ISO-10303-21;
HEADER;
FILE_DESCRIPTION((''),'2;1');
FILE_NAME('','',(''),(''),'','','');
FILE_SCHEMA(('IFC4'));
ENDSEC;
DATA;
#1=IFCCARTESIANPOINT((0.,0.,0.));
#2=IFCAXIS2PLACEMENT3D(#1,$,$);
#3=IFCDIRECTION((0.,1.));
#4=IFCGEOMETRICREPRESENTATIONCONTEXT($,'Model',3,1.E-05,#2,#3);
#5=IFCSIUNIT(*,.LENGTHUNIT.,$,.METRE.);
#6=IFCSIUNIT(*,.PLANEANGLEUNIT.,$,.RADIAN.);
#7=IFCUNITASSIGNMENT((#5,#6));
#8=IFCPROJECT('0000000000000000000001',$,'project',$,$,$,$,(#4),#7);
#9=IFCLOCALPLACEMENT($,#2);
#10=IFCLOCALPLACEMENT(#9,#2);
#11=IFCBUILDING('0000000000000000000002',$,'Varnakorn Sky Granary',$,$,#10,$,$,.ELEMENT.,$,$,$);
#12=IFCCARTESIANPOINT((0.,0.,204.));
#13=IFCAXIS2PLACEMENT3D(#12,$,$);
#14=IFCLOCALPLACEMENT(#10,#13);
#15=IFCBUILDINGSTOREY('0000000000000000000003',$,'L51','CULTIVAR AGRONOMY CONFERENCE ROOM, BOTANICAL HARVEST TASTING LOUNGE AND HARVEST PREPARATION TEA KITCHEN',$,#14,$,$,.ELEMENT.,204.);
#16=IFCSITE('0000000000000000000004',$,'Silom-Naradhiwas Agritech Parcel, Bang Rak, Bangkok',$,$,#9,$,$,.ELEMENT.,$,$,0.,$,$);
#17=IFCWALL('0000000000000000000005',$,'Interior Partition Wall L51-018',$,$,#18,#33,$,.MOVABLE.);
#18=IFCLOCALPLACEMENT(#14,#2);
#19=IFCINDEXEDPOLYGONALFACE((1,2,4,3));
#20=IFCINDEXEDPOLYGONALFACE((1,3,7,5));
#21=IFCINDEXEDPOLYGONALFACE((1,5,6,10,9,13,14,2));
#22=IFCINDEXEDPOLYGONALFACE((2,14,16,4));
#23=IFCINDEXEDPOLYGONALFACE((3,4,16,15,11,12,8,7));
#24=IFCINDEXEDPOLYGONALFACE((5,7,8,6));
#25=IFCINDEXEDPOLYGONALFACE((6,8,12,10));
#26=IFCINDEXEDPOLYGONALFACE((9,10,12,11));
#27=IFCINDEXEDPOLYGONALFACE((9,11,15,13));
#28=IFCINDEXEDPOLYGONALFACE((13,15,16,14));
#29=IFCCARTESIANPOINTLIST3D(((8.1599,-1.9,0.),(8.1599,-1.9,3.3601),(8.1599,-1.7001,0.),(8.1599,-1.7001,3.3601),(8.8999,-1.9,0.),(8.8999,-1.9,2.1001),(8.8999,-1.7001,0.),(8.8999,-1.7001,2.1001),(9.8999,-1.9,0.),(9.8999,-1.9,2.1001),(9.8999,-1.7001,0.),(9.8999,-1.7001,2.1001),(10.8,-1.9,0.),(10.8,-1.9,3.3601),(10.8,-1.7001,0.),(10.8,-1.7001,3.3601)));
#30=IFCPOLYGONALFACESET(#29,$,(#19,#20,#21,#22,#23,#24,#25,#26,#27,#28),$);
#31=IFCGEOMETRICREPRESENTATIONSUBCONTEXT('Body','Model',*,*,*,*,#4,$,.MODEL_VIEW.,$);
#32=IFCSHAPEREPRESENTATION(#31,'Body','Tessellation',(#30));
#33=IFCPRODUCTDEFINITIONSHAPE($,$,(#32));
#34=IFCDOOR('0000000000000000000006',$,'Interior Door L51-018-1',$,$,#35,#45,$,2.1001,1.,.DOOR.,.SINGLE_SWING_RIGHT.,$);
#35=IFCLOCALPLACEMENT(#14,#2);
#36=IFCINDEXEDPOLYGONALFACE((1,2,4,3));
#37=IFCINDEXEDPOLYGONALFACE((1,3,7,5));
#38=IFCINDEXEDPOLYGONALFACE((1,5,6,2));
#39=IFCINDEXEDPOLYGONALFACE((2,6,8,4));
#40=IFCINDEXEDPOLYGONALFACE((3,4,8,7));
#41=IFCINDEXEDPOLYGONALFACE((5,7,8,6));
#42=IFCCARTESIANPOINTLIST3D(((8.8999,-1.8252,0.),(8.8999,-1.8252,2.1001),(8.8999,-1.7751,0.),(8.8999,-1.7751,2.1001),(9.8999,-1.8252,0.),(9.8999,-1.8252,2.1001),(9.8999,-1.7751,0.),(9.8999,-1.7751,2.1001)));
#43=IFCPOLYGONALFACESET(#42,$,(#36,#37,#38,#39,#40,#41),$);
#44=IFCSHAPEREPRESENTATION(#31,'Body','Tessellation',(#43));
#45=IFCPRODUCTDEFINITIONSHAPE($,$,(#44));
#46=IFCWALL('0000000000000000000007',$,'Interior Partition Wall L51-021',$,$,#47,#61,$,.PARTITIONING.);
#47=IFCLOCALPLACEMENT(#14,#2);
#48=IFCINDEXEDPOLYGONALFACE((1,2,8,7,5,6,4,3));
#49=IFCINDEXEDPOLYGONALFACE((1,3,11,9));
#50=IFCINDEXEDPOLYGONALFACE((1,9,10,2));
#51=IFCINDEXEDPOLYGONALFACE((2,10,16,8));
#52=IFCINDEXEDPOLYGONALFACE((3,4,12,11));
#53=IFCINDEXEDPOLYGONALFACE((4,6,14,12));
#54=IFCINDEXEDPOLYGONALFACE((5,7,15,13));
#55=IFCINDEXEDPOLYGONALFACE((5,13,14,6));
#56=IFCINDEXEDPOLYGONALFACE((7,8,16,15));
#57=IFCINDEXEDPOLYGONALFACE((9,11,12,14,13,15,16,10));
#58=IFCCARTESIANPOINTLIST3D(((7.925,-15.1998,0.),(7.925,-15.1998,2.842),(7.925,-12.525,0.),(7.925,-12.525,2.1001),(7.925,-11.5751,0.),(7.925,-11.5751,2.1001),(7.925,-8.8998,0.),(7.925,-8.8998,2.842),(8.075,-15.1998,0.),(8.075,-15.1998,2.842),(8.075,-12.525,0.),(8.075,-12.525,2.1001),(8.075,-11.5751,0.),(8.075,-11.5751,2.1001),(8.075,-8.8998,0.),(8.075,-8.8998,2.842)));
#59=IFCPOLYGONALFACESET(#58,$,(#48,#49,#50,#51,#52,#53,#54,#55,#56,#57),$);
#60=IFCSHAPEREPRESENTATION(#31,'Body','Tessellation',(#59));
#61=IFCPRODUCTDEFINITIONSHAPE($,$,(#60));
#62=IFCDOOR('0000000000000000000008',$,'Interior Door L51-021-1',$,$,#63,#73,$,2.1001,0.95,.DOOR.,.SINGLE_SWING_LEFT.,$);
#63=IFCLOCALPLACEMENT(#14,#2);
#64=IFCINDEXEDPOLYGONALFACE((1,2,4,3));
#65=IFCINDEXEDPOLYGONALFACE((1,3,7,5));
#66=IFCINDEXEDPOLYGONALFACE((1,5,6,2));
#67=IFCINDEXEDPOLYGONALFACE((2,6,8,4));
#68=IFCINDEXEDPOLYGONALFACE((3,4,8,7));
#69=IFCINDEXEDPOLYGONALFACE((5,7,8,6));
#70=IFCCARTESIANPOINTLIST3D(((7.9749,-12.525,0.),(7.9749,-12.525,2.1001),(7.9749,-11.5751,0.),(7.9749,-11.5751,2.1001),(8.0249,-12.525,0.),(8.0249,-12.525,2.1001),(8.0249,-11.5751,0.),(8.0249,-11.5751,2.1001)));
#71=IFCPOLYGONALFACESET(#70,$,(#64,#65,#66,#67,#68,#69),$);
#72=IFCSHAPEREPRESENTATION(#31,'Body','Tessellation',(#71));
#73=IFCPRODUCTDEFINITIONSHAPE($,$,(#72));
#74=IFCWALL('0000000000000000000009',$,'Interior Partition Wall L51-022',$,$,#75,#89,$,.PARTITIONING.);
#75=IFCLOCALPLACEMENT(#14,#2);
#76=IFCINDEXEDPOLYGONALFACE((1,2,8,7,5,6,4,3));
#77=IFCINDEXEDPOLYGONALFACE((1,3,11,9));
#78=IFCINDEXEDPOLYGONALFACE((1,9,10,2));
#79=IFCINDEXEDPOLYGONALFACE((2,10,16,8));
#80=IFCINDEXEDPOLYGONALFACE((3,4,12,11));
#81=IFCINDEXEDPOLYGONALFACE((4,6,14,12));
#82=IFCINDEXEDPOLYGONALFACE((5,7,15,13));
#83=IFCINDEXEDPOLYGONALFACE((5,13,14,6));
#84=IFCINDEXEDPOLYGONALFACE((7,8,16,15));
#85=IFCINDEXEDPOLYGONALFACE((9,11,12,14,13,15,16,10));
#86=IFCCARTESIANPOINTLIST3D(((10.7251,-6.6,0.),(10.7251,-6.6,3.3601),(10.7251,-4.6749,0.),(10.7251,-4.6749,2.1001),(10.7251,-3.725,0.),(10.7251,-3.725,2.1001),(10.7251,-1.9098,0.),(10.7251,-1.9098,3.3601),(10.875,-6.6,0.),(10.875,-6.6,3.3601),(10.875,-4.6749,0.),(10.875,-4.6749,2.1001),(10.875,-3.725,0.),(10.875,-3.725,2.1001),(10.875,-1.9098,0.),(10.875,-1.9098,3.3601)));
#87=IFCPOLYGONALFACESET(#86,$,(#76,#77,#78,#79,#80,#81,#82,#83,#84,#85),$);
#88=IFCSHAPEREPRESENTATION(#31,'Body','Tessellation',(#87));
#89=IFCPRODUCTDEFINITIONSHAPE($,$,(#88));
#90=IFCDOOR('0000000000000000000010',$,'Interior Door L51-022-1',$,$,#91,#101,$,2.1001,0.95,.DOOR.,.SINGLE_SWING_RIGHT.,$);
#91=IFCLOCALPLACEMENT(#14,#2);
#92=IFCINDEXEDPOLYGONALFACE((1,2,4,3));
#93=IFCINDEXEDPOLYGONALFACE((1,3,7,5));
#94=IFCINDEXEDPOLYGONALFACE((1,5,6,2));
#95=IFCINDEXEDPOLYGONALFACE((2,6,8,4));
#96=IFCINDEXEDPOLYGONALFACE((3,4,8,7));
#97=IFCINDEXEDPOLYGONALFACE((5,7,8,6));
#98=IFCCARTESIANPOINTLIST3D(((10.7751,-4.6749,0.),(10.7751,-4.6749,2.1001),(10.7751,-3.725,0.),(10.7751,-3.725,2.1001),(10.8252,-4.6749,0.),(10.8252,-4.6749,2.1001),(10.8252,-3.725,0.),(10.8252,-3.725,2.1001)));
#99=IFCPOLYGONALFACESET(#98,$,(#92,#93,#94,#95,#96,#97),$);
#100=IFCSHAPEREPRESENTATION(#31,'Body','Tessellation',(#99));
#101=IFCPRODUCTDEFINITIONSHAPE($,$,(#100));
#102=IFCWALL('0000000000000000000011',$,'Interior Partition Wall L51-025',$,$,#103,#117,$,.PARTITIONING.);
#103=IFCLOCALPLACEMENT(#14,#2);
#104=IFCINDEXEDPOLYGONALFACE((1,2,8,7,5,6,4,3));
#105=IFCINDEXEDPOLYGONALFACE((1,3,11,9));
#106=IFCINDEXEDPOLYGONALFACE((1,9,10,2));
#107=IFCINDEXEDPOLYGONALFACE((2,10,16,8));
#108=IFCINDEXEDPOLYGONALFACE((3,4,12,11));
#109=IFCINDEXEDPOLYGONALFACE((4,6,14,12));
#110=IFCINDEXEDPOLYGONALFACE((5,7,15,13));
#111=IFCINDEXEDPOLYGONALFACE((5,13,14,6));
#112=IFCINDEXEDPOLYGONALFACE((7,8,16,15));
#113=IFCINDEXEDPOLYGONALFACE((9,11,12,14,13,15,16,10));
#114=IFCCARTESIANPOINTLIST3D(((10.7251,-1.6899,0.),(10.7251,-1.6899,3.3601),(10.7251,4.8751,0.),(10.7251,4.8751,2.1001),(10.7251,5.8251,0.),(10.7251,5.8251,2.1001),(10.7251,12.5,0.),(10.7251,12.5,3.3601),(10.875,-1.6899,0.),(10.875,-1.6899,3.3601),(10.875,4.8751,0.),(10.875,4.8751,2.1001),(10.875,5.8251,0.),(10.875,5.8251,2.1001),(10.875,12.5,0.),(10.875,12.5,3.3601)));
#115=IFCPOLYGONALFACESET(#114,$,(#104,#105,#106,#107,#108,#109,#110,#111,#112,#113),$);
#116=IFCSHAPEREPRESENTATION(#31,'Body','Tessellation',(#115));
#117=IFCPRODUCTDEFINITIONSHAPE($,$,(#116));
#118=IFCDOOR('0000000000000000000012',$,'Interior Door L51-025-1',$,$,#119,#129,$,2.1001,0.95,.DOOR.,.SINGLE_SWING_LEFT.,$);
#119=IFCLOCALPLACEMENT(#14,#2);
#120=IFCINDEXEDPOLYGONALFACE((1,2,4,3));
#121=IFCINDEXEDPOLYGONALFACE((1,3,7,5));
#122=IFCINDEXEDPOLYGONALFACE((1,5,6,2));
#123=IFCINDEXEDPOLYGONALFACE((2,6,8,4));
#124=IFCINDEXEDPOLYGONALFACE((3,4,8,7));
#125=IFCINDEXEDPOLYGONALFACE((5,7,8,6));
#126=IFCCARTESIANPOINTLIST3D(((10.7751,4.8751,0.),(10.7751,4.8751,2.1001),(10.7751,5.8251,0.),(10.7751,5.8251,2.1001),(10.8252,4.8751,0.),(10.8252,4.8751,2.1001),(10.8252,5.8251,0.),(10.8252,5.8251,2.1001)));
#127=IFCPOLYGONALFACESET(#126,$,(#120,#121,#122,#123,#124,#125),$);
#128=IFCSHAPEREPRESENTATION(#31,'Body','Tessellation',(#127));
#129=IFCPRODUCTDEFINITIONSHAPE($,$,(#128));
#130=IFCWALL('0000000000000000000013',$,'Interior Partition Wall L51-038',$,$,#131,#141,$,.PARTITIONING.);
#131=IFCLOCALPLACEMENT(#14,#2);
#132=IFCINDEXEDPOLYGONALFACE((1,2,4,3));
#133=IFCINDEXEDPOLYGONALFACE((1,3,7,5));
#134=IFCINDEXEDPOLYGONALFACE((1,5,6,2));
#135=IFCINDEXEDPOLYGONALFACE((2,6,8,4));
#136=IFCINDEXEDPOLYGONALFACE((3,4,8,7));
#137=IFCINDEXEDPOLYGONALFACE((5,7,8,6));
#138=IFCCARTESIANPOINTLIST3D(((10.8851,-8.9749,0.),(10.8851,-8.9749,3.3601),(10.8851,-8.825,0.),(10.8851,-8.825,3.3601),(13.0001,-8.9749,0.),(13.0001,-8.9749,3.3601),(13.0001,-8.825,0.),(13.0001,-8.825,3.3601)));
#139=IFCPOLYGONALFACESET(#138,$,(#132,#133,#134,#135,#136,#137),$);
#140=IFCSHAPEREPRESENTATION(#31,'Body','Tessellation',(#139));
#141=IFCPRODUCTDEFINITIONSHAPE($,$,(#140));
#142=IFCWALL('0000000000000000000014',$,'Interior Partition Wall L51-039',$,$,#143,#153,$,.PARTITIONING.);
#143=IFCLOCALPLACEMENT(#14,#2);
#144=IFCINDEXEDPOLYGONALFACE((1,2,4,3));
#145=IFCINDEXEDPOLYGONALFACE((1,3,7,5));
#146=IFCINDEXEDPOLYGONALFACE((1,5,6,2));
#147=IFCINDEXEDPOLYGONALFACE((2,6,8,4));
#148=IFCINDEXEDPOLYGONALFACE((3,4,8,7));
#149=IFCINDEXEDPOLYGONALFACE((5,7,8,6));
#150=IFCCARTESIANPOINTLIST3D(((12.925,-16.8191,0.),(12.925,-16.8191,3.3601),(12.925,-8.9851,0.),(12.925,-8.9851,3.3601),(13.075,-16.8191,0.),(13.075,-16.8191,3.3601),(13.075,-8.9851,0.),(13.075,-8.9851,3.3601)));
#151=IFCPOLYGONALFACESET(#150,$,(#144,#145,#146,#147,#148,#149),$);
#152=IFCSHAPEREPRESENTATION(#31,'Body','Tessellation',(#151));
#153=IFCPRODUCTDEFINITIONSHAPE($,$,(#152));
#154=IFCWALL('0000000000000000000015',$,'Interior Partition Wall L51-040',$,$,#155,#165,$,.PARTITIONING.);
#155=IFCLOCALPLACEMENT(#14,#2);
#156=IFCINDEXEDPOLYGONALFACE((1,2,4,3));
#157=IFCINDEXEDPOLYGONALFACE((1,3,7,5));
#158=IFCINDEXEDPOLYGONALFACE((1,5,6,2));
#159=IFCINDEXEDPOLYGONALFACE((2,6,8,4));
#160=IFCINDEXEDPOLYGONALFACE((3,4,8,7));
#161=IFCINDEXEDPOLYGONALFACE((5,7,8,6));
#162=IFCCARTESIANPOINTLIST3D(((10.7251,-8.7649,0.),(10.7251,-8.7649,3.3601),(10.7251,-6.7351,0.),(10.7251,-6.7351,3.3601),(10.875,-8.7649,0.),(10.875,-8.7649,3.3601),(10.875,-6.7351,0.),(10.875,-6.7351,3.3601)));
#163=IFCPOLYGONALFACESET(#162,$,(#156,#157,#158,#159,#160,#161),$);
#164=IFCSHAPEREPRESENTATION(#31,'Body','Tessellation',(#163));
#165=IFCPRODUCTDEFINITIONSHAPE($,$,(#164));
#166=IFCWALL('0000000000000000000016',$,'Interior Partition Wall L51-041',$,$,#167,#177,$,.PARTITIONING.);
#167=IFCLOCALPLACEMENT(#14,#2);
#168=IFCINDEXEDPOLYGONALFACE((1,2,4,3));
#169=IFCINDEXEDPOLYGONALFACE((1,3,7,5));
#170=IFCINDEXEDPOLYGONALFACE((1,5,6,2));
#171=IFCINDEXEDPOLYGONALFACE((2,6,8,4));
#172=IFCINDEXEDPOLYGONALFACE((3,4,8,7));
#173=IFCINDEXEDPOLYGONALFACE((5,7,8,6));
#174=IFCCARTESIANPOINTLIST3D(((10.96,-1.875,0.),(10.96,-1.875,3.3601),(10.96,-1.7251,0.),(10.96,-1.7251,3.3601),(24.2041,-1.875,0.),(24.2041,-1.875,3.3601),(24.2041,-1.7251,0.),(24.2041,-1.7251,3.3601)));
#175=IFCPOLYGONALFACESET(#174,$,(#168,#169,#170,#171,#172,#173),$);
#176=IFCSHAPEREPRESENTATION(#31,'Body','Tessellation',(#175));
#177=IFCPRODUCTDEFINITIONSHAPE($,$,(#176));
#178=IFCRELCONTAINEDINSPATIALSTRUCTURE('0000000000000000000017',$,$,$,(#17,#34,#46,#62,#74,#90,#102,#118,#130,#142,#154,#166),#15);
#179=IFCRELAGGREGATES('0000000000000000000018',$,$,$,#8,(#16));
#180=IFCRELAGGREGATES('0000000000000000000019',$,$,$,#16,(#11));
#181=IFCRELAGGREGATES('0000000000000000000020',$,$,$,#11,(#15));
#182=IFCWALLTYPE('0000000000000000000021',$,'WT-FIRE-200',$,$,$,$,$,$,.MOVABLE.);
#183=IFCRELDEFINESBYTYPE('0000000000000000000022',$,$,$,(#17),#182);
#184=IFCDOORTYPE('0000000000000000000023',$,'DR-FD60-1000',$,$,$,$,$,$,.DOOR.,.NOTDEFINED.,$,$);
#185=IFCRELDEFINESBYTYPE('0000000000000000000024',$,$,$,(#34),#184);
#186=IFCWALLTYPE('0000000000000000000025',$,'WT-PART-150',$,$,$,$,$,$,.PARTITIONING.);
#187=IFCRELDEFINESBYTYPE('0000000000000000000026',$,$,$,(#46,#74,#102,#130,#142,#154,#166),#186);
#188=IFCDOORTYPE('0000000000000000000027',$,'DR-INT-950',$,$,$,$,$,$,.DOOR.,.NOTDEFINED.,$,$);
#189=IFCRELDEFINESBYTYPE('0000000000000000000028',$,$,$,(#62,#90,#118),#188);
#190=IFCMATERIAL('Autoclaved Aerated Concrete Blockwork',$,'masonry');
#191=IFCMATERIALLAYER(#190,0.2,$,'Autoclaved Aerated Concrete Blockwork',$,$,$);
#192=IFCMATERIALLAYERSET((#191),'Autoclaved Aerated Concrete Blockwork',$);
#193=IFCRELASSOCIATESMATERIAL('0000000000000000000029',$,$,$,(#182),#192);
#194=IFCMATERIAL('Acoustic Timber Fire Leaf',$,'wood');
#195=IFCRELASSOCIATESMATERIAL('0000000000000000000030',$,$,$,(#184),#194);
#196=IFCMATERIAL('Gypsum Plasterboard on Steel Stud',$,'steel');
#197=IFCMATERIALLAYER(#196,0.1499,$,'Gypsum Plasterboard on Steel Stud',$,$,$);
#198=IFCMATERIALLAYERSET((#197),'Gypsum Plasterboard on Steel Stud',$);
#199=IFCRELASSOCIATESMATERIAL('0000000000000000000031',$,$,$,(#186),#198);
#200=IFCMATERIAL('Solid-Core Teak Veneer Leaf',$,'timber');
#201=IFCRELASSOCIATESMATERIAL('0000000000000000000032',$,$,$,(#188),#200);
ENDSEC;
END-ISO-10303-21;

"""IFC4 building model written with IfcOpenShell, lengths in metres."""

from ifc_helpers import new_model, si_unit, direction, frame, frame_2d, origin, place, context, subcontext, project, spatial, rectangle, extrude, material, layer, layer_set, type_object, element, fill, save


model = new_model("IFC4")

# Units and contexts
model_context = context("Model", 3, precision=1e-05, world=origin(), true_north=direction((0.0, 1.0)))
body_context = subcontext(model_context, "Body", "Model", "MODEL_VIEW")
ifc_project = project(units=[si_unit("LENGTHUNIT", "METRE"), si_unit("PLANEANGLEUNIT", "RADIAN")], contexts=[model_context])

# Site, building, storey
site_placement = place(None, origin())
site = spatial("IfcSite", under=ifc_project, at=site_placement, Name="Silom-Naradhiwas Agritech Parcel, Bang Rak, Bangkok", CompositionType="ELEMENT", RefElevation=0.0)
building_placement = place(site_placement, origin())
building = spatial("IfcBuilding", under=site, at=building_placement, Name="Varnakorn Sky Granary", CompositionType="ELEMENT")
storey_placement = place(building_placement, frame((0.0, 0.0, 204.0)))
storey = spatial("IfcBuildingStorey", under=building, at=storey_placement, Name="L51", Description="CULTIVAR AGRONOMY CONFERENCE ROOM, BOTANICAL HARVEST TASTING LOUNGE AND HARVEST PREPARATION TEA KITCHEN", CompositionType="ELEMENT", Elevation=204.0)

# Walls, openings, doors
ifc_material_1 = material(Name="Autoclaved Aerated Concrete Blockwork", Category="masonry")
ifc_layer_1 = layer(ifc_material_1, 0.2, Name="Autoclaved Aerated Concrete Blockwork")
ifc_layer_set_1 = layer_set([ifc_layer_1], Name="Autoclaved Aerated Concrete Blockwork")
wall_type_1 = type_object("IfcWallType", Name="WT-FIRE-200", PredefinedType="MOVABLE", material=ifc_layer_set_1)
ifc_material_2 = material(Name="Acoustic Timber Fire Leaf", Category="wood")
door_type_1 = type_object("IfcDoorType", Name="DR-FD60-1000", OperationType="NOTDEFINED", PredefinedType="DOOR", material=ifc_material_2)
wall_1_placement = place(storey_placement, frame((8.1599, -1.8, 0.0), z_axis=(0.0, 0.0, 1.0), x_axis=(1.0, 0.0, 0.0)))
wall_1 = element("IfcWall", 1, at=wall_1_placement, inside=storey, type_object=wall_type_1, Name="Interior Partition Wall L51-018", PredefinedType="MOVABLE", context=body_context, shape_type="SweptSolid", body=[
    extrude(rectangle(XDim=2.6401, YDim=0.2, at=frame_2d((1.3201, 0.0))), origin(), (0.0, 0.0, 1.0), 3.3601),
])
opening_1_placement = place(wall_1_placement, frame((0.74, 0.0, 0.0)))
opening_1 = element("IfcOpeningElement", 2, at=opening_1_placement, cuts=wall_1, PredefinedType="OPENING", context=body_context, shape_type="SweptSolid", body=[
    extrude(rectangle(XDim=1.0, YDim=2.1001, at=frame_2d((0.5, 1.05))), frame((0.0, 0.1099, 0.0), z_axis=(0.0, -1.0, 0.0), x_axis=(1.0, 0.0, 0.0)), (0.0, 0.0, 1.0), 0.22),
])
door_1_placement = place(opening_1_placement, origin())
door_1 = element("IfcDoor", 3, at=door_1_placement, inside=storey, type_object=door_type_1, Name="Interior Door L51-018-1", OperationType="SINGLE_SWING_RIGHT", OverallHeight=2.1001, OverallWidth=1.0, PredefinedType="DOOR", context=body_context, shape_type="SweptSolid", body=[
    extrude(rectangle(XDim=1.0, YDim=2.1001, at=frame_2d((0.5, 1.05))), frame((0.0, 0.0249, 0.0), z_axis=(0.0, -1.0, 0.0), x_axis=(1.0, 0.0, 0.0)), (0.0, 0.0, 1.0), 0.05),
])
fill(opening_1, door_1)
ifc_material_3 = material(Name="Gypsum Plasterboard on Steel Stud", Category="steel")
ifc_layer_2 = layer(ifc_material_3, 0.1499, Name="Gypsum Plasterboard on Steel Stud")
ifc_layer_set_2 = layer_set([ifc_layer_2], Name="Gypsum Plasterboard on Steel Stud")
wall_type_2 = type_object("IfcWallType", Name="WT-PART-150", PredefinedType="PARTITIONING", material=ifc_layer_set_2)
wall_2_placement = place(storey_placement, frame((8.0, -8.8999, 0.0), z_axis=(0.0, 0.0, 1.0), x_axis=(0.0, -1.0, 0.0)))
wall_2 = element("IfcWall", 4, at=wall_2_placement, inside=storey, type_object=wall_type_2, Name="Interior Partition Wall L51-021", PredefinedType="PARTITIONING", context=body_context, shape_type="SweptSolid", body=[
    extrude(rectangle(XDim=6.3, YDim=0.1499, at=frame_2d((3.1499, 0.0))), origin(), (0.0, 0.0, 1.0), 2.842),
])
opening_2_placement = place(wall_2_placement, frame((2.675, 0.0, 0.0)))
opening_2 = element("IfcOpeningElement", 5, at=opening_2_placement, cuts=wall_2, PredefinedType="OPENING", context=body_context, shape_type="SweptSolid", body=[
    extrude(rectangle(XDim=0.95, YDim=2.1001, at=frame_2d((0.4751, 1.05))), frame((0.0, 0.085, 0.0), z_axis=(0.0, -1.0, 0.0), x_axis=(1.0, 0.0, 0.0)), (0.0, 0.0, 1.0), 0.1699),
])
ifc_material_4 = material(Name="Solid-Core Teak Veneer Leaf", Category="timber")
door_type_2 = type_object("IfcDoorType", Name="DR-INT-950", OperationType="NOTDEFINED", PredefinedType="DOOR", material=ifc_material_4)
door_2_placement = place(opening_2_placement, origin())
door_2 = element("IfcDoor", 6, at=door_2_placement, inside=storey, type_object=door_type_2, Name="Interior Door L51-021-1", OperationType="SINGLE_SWING_LEFT", OverallHeight=2.1001, OverallWidth=0.95, PredefinedType="DOOR", context=body_context, shape_type="SweptSolid", body=[
    extrude(rectangle(XDim=0.95, YDim=2.1001, at=frame_2d((0.4751, 1.05))), frame((0.0, 0.0249, 0.0), z_axis=(0.0, -1.0, 0.0), x_axis=(1.0, 0.0, 0.0)), (0.0, 0.0, 1.0), 0.05),
])
fill(opening_2, door_2)
wall_3_placement = place(storey_placement, frame((10.8, -6.6001, 0.0), z_axis=(0.0, 0.0, 1.0), x_axis=(0.0, 1.0, 0.0)))
wall_3 = element("IfcWall", 7, at=wall_3_placement, inside=storey, type_object=wall_type_2, Name="Interior Partition Wall L51-022", PredefinedType="PARTITIONING", context=body_context, shape_type="SweptSolid", body=[
    extrude(rectangle(XDim=4.6902, YDim=0.1499, at=frame_2d((2.3452, 0.0))), origin(), (0.0, 0.0, 1.0), 3.3601),
])
opening_3_placement = place(wall_3_placement, frame((1.925, 0.0, 0.0)))
opening_3 = element("IfcOpeningElement", 8, at=opening_3_placement, cuts=wall_3, PredefinedType="OPENING", context=body_context, shape_type="SweptSolid", body=[
    extrude(rectangle(XDim=0.95, YDim=2.1001, at=frame_2d((0.4751, 1.05))), frame((0.0, 0.085, 0.0), z_axis=(0.0, -1.0, 0.0), x_axis=(1.0, 0.0, 0.0)), (0.0, 0.0, 1.0), 0.1699),
])
door_3_placement = place(opening_3_placement, origin())
door_3 = element("IfcDoor", 9, at=door_3_placement, inside=storey, type_object=door_type_2, Name="Interior Door L51-022-1", OperationType="SINGLE_SWING_RIGHT", OverallHeight=2.1001, OverallWidth=0.95, PredefinedType="DOOR", context=body_context, shape_type="SweptSolid", body=[
    extrude(rectangle(XDim=0.95, YDim=2.1001, at=frame_2d((0.4751, 1.05))), frame((0.0, 0.0249, 0.0), z_axis=(0.0, -1.0, 0.0), x_axis=(1.0, 0.0, 0.0)), (0.0, 0.0, 1.0), 0.05),
])
fill(opening_3, door_3)
wall_4_placement = place(storey_placement, frame((10.8, -1.6899, 0.0), z_axis=(0.0, 0.0, 1.0), x_axis=(0.0, 1.0, 0.0)))
wall_4 = element("IfcWall", 10, at=wall_4_placement, inside=storey, type_object=wall_type_2, Name="Interior Partition Wall L51-025", PredefinedType="PARTITIONING", context=body_context, shape_type="SweptSolid", body=[
    extrude(rectangle(XDim=14.1899, YDim=0.1499, at=frame_2d((7.095, 0.0))), origin(), (0.0, 0.0, 1.0), 3.3601),
])
opening_4_placement = place(wall_4_placement, frame((6.5649, 0.0, 0.0)))
opening_4 = element("IfcOpeningElement", 11, at=opening_4_placement, cuts=wall_4, PredefinedType="OPENING", context=body_context, shape_type="SweptSolid", body=[
    extrude(rectangle(XDim=0.95, YDim=2.1001, at=frame_2d((0.4751, 1.05))), frame((0.0, 0.085, 0.0), z_axis=(0.0, -1.0, 0.0), x_axis=(1.0, 0.0, 0.0)), (0.0, 0.0, 1.0), 0.1699),
])
door_4_placement = place(opening_4_placement, origin())
door_4 = element("IfcDoor", 12, at=door_4_placement, inside=storey, type_object=door_type_2, Name="Interior Door L51-025-1", OperationType="SINGLE_SWING_LEFT", OverallHeight=2.1001, OverallWidth=0.95, PredefinedType="DOOR", context=body_context, shape_type="SweptSolid", body=[
    extrude(rectangle(XDim=0.95, YDim=2.1001, at=frame_2d((0.4751, 1.05))), frame((0.0, 0.0249, 0.0), z_axis=(0.0, -1.0, 0.0), x_axis=(1.0, 0.0, 0.0)), (0.0, 0.0, 1.0), 0.05),
])
fill(opening_4, door_4)

# Walls
wall_5_placement = place(storey_placement, frame((10.885, -8.8999, 0.0), z_axis=(0.0, 0.0, 1.0), x_axis=(1.0, 0.0, 0.0)))
element("IfcWall", 13, at=wall_5_placement, inside=storey, type_object=wall_type_2, Name="Interior Partition Wall L51-038", PredefinedType="PARTITIONING", context=body_context, shape_type="SweptSolid", body=[
    extrude(rectangle(XDim=2.115, YDim=0.1499, at=frame_2d((1.0576, 0.0))), origin(), (0.0, 0.0, 1.0), 3.3601),
])
wall_6_placement = place(storey_placement, frame((13.0, -8.9851, 0.0), z_axis=(0.0, 0.0, 1.0), x_axis=(0.0, -1.0, 0.0)))
element("IfcWall", 14, at=wall_6_placement, inside=storey, type_object=wall_type_2, Name="Interior Partition Wall L51-039", PredefinedType="PARTITIONING", context=body_context, shape_type="SweptSolid", body=[
    extrude(rectangle(XDim=7.834, YDim=0.1499, at=frame_2d((3.917, 0.0))), origin(), (0.0, 0.0, 1.0), 3.3601),
])
wall_7_placement = place(storey_placement, frame((10.8, -8.7649, 0.0), z_axis=(0.0, 0.0, 1.0), x_axis=(0.0, 1.0, 0.0)))
element("IfcWall", 15, at=wall_7_placement, inside=storey, type_object=wall_type_2, Name="Interior Partition Wall L51-040", PredefinedType="PARTITIONING", context=body_context, shape_type="SweptSolid", body=[
    extrude(rectangle(XDim=2.0298, YDim=0.1499, at=frame_2d((1.0149, 0.0))), origin(), (0.0, 0.0, 1.0), 3.3601),
])
wall_8_placement = place(storey_placement, frame((10.96, -1.8, 0.0), z_axis=(0.0, 0.0, 1.0), x_axis=(1.0, 0.0, 0.0)))
element("IfcWall", 16, at=wall_8_placement, inside=storey, type_object=wall_type_2, Name="Interior Partition Wall L51-041", PredefinedType="PARTITIONING", context=body_context, shape_type="SweptSolid", body=[
    extrude(rectangle(XDim=13.2441, YDim=0.1499, at=frame_2d((6.6221, 0.0))), origin(), (0.0, 0.0, 1.0), 3.3601),
])

save(model, "model.ifc")
